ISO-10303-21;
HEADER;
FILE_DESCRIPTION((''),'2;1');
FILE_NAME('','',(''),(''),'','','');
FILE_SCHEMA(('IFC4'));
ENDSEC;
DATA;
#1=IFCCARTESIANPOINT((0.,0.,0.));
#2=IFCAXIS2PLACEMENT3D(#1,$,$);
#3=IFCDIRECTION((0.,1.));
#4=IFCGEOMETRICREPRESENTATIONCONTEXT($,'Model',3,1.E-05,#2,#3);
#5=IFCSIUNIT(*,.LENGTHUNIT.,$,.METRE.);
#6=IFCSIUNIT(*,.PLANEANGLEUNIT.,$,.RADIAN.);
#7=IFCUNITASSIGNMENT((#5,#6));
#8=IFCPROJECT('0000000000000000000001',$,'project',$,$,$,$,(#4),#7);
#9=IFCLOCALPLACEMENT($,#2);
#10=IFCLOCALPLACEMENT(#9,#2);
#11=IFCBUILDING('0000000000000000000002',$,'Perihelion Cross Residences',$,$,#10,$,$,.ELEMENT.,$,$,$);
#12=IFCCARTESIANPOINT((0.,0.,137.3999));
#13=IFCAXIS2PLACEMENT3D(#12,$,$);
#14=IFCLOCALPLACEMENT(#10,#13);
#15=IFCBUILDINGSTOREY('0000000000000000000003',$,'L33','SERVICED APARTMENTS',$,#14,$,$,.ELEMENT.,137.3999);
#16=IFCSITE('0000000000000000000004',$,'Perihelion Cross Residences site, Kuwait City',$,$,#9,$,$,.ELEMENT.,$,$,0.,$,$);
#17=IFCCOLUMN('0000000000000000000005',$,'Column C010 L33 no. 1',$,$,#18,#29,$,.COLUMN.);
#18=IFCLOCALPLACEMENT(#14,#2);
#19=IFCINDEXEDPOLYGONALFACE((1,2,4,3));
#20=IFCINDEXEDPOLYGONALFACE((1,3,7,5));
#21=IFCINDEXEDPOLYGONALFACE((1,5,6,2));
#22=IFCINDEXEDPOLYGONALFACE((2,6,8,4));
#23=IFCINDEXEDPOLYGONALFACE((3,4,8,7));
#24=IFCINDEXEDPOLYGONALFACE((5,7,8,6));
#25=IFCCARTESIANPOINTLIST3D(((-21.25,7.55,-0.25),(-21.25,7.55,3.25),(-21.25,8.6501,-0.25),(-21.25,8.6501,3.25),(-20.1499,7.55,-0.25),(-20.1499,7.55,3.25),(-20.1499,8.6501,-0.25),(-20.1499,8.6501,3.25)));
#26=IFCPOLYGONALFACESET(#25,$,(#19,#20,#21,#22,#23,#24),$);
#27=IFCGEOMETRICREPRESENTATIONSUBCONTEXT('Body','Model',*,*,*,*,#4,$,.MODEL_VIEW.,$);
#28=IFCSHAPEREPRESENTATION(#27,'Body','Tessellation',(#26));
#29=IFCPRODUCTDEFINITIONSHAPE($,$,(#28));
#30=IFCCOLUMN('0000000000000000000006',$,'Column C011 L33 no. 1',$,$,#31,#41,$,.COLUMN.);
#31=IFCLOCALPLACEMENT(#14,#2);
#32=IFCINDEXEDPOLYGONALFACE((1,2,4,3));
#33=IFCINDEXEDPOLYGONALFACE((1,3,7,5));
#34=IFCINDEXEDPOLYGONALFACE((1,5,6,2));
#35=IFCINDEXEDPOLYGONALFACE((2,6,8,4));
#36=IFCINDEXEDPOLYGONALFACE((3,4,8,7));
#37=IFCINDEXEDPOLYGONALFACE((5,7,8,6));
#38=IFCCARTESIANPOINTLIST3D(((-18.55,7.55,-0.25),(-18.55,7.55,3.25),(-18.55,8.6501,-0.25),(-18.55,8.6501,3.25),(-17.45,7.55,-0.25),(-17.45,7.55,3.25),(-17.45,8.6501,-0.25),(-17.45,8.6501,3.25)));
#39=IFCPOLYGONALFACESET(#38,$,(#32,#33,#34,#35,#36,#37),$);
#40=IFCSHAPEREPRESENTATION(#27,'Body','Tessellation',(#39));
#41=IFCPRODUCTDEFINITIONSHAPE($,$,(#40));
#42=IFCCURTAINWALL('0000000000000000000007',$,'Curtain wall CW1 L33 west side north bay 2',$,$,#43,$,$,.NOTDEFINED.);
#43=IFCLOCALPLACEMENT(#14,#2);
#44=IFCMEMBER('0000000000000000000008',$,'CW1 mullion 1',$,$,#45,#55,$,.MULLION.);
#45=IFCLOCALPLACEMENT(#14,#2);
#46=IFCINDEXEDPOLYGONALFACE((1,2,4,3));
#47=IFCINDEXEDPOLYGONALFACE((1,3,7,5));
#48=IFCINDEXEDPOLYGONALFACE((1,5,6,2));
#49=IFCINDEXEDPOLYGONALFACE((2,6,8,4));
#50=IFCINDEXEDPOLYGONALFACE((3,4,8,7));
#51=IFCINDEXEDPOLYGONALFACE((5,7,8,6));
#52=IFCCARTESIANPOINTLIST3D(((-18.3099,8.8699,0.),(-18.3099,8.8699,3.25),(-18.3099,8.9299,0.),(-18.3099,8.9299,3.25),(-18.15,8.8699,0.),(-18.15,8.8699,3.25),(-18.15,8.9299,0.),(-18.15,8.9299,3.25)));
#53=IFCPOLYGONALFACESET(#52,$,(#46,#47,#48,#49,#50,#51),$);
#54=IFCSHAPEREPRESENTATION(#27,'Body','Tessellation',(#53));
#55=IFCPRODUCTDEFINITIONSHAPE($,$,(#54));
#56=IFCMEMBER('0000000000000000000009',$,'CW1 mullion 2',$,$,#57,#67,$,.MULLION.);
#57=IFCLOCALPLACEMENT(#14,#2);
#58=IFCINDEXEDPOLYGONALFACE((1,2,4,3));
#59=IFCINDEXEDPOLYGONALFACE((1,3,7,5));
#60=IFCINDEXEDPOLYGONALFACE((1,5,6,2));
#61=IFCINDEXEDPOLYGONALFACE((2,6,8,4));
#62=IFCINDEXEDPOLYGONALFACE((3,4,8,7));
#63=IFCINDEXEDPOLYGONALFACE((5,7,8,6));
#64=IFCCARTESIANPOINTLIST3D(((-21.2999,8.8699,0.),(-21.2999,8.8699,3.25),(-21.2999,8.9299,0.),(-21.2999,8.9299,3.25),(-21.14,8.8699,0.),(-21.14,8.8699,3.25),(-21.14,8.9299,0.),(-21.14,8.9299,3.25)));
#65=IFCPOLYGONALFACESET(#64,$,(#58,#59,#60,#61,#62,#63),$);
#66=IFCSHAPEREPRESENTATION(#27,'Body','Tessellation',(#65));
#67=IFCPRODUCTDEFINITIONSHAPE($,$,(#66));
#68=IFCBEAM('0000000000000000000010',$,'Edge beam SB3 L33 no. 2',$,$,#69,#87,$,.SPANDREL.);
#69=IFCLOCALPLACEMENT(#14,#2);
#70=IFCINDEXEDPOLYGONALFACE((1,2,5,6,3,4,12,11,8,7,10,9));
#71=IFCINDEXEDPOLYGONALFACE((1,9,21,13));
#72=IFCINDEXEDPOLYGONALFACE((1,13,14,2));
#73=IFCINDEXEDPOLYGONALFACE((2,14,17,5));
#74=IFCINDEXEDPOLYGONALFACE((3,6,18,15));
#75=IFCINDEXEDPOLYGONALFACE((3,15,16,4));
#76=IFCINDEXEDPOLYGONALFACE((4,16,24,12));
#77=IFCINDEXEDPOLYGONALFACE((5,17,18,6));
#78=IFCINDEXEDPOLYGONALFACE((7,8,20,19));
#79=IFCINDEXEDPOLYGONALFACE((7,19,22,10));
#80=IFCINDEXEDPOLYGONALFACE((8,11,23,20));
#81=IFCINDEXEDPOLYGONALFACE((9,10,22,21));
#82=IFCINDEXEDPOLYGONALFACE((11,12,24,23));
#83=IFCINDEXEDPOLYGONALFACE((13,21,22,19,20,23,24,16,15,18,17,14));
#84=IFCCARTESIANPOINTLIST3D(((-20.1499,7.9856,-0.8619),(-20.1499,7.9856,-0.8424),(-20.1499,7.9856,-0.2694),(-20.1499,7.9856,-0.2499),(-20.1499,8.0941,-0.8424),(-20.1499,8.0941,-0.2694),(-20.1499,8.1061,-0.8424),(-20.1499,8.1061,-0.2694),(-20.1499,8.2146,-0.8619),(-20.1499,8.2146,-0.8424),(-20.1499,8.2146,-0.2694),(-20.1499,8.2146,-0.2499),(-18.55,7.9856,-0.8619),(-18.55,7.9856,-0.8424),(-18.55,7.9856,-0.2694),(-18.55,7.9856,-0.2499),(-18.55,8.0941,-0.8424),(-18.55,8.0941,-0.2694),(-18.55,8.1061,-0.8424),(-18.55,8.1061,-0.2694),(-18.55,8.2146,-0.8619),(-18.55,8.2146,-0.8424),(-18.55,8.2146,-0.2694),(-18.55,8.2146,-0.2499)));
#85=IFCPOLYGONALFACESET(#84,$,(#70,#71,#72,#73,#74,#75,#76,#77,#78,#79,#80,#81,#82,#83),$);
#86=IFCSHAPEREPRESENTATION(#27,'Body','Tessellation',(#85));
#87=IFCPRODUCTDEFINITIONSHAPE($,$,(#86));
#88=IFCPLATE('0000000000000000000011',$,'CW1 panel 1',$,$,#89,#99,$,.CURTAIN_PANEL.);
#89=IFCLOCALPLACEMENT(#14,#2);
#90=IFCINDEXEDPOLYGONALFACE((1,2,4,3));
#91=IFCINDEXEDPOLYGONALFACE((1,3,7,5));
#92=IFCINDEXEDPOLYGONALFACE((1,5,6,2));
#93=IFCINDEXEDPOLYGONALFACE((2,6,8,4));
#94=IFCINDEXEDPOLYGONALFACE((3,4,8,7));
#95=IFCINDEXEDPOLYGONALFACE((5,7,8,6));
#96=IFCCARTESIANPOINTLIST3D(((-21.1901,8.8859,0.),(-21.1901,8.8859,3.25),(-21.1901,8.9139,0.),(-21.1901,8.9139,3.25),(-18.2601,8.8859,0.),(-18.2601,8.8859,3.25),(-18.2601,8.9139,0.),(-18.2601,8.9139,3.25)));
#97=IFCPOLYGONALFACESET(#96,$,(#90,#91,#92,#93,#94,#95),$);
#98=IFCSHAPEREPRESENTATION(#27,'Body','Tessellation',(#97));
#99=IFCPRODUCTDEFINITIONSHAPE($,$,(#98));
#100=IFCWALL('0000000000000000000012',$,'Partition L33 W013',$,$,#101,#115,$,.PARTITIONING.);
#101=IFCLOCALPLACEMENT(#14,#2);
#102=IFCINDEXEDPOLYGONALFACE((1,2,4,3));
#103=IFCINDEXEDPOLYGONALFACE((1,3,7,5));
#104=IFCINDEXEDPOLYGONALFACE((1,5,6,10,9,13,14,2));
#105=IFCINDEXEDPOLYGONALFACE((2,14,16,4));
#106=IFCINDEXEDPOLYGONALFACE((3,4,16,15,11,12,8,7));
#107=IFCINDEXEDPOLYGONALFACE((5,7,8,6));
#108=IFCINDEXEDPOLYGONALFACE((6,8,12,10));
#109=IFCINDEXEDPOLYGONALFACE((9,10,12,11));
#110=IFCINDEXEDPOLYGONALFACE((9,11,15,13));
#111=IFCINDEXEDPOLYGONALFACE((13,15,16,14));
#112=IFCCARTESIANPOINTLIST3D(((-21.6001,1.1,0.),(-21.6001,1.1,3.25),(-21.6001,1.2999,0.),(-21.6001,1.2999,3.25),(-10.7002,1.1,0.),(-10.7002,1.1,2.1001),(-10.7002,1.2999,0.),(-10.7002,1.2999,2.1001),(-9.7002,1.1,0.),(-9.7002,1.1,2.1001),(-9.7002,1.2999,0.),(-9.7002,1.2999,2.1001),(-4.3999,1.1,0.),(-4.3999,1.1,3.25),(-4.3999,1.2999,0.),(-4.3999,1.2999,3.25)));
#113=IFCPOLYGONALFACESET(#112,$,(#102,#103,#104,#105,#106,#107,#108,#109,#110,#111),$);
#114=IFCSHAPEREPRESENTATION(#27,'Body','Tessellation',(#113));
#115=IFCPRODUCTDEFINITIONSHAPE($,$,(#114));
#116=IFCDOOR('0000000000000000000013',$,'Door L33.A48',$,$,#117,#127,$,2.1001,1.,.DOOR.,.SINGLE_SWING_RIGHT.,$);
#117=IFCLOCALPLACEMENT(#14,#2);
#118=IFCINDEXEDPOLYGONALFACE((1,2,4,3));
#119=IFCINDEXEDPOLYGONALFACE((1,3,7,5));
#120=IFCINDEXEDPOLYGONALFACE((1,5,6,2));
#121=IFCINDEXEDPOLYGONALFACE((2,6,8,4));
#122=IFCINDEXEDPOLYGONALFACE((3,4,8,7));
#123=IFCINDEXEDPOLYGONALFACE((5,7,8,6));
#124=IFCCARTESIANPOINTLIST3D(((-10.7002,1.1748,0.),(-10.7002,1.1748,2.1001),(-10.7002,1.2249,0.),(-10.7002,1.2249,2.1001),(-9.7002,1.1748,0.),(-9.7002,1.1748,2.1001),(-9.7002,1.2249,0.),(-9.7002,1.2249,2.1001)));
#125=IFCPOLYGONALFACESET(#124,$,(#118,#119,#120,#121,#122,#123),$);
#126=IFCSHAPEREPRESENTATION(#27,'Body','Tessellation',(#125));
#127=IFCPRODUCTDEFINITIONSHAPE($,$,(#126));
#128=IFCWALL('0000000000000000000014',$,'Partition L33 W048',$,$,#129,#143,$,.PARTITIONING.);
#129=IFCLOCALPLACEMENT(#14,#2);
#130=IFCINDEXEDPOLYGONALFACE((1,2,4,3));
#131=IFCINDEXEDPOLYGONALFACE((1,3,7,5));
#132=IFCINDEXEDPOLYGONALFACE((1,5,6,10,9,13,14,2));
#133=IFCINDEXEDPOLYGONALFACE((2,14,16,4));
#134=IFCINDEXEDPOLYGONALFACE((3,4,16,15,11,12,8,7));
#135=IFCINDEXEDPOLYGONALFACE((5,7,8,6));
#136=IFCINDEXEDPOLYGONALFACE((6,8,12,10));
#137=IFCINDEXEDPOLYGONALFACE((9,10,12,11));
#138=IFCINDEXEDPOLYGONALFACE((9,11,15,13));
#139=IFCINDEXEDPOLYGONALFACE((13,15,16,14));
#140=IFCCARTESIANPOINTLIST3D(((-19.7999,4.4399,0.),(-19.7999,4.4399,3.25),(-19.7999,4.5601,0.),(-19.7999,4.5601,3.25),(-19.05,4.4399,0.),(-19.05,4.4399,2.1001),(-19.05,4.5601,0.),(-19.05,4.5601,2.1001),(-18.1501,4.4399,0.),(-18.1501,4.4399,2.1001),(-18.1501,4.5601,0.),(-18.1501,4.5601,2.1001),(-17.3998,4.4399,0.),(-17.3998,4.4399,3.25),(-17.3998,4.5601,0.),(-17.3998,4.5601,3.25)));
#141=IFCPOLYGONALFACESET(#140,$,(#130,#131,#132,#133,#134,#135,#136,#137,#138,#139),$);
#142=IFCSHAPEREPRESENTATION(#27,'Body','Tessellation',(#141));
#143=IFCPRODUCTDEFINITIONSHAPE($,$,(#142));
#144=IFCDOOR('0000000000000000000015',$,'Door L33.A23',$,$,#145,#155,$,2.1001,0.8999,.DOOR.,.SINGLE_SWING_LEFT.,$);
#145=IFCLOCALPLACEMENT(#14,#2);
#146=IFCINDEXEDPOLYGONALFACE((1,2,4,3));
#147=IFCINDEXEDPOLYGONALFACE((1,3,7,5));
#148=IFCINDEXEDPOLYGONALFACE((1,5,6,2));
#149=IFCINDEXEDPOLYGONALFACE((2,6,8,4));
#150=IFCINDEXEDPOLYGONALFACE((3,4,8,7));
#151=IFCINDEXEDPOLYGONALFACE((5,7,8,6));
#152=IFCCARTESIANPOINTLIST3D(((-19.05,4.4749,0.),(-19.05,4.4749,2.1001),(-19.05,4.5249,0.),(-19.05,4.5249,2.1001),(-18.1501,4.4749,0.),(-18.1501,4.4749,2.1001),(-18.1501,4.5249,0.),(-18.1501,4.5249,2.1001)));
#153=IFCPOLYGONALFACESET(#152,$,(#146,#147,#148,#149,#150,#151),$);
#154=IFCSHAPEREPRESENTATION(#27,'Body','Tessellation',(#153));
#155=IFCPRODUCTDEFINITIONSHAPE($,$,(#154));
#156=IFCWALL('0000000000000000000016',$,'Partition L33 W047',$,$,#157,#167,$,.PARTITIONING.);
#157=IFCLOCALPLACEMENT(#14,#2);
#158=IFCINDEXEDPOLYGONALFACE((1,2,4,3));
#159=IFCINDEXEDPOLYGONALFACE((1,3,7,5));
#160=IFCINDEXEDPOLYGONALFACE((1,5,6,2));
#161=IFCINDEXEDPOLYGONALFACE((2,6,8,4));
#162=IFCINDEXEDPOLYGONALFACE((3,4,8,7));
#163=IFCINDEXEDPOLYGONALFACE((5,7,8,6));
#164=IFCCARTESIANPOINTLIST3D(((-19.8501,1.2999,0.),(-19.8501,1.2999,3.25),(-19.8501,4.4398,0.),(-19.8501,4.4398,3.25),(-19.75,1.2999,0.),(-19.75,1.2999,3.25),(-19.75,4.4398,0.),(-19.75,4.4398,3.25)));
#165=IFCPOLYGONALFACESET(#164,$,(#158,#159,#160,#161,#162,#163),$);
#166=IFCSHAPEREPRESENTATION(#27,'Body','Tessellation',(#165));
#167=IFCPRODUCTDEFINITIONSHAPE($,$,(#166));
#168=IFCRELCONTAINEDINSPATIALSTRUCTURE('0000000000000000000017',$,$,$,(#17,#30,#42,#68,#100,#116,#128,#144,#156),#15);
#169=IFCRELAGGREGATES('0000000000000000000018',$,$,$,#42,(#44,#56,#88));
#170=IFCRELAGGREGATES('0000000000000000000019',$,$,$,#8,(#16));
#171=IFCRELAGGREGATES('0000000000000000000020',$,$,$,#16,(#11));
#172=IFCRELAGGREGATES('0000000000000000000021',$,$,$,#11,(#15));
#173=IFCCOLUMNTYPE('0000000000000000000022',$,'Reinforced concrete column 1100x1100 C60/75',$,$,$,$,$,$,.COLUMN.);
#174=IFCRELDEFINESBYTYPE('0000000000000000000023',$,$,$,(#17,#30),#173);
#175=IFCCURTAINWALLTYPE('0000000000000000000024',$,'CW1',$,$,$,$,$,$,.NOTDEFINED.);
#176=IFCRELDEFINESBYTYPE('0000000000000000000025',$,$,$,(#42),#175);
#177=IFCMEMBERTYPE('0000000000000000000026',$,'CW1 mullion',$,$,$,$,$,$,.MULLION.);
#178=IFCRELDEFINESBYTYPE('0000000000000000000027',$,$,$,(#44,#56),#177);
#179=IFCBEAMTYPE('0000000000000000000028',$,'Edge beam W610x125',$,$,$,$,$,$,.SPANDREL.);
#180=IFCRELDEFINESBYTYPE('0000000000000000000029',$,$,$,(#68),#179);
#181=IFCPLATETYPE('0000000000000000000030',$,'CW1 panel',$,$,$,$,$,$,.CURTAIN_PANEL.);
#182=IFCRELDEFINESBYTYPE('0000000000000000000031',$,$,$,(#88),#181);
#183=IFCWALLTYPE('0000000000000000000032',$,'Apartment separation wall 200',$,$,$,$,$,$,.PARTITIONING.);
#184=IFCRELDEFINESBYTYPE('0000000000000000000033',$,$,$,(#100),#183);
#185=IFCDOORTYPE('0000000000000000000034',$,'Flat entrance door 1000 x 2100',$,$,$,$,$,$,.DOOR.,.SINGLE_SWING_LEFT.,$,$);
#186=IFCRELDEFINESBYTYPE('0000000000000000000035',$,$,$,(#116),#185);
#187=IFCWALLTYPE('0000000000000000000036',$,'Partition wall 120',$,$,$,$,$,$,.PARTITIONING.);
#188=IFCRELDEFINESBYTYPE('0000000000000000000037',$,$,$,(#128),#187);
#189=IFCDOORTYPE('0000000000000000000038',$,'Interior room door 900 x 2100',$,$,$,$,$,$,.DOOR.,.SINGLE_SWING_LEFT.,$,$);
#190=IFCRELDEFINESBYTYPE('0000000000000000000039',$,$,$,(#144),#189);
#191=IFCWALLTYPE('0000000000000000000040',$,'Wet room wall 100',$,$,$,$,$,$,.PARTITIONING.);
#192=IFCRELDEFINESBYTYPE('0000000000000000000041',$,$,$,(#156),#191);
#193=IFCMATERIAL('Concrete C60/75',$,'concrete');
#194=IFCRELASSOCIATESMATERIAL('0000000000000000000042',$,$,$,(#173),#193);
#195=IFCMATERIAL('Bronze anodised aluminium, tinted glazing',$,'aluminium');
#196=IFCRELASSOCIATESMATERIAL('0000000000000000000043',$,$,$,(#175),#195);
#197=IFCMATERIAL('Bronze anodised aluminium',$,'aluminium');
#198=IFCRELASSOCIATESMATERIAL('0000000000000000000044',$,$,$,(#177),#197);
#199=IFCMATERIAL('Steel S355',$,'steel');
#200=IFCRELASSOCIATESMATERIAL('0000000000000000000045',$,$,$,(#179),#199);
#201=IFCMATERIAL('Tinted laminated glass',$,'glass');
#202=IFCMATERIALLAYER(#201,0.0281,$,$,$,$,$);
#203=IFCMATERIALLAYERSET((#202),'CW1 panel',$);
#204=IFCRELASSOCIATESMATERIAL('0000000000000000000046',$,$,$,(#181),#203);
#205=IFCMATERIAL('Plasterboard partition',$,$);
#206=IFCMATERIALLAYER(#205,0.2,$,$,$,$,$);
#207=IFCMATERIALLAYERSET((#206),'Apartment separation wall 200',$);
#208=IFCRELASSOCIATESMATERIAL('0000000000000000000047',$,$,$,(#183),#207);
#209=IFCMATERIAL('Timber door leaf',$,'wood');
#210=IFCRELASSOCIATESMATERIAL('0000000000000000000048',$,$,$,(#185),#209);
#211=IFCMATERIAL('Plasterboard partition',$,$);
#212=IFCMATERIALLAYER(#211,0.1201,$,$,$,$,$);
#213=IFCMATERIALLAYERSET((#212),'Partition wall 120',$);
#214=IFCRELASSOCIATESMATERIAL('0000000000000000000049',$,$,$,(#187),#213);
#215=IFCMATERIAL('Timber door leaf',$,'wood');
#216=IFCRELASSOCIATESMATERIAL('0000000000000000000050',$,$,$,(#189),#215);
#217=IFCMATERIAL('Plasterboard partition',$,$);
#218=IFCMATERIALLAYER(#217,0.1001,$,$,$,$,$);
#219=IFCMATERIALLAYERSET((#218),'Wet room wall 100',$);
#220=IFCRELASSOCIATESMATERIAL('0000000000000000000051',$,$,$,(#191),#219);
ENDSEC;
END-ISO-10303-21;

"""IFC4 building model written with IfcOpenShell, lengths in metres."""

from ifc_helpers import new_model, si_unit, direction, frame, frame_2d, origin, origin_2d, place, context, subcontext, project, spatial, rectangle, i_section, extrude, material, layer, layer_set, material_profile, profile_set, type_object, element, fill, aggregate, save


model = new_model("IFC4")

# Units and contexts
model_context = context("Model", 3, precision=1e-05, world=origin(), true_north=direction((0.0, 1.0)))
body_context = subcontext(model_context, "Body", "Model", "MODEL_VIEW")
ifc_project = project(units=[si_unit("LENGTHUNIT", "METRE"), si_unit("PLANEANGLEUNIT", "RADIAN")], contexts=[model_context])

# Site, building, storey
site_placement = place(None, origin())
site = spatial("IfcSite", under=ifc_project, at=site_placement, Name="Perihelion Cross Residences site, Kuwait City", CompositionType="ELEMENT", RefElevation=0.0)
building_placement = place(site_placement, origin())
building = spatial("IfcBuilding", under=site, at=building_placement, Name="Perihelion Cross Residences", CompositionType="ELEMENT")
storey_placement = place(building_placement, frame((0.0, 0.0, 137.3999)))
storey = spatial("IfcBuildingStorey", under=building, at=storey_placement, Name="L33", Description="SERVICED APARTMENTS", CompositionType="ELEMENT", Elevation=137.3999)

# Columns
ifc_material_1 = material(Name="Concrete C60/75", Category="concrete")
ifc_material_profile_1 = material_profile(ifc_material_1, rectangle(XDim=1.1001, YDim=1.1001, at=origin_2d()), Name="RC 1100x1100")
ifc_profile_set_1 = profile_set([ifc_material_profile_1], Name="Concrete C60/75")
column_type = type_object("IfcColumnType", Name="Reinforced concrete column 1100x1100 C60/75", PredefinedType="COLUMN", material=ifc_profile_set_1)
for number, where, z_axis, x_axis, name in (
    (1, (-20.7, 8.1001, -0.25), (0.0, 0.0, 1.0), (1.0, 0.0, 0.0), "Column C010 L33 no. 1"),
    (2, (-18.0, 8.1001, -0.25), (0.0, 0.0, 1.0), (1.0, 0.0, 0.0), "Column C011 L33 no. 1"),
):
    element("IfcColumn", number, at=place(storey_placement, frame(where, z_axis=z_axis, x_axis=x_axis)), inside=storey, type_object=column_type, Name=name, PredefinedType="COLUMN", context=body_context, shape_type="SweptSolid", body=[
        extrude(rectangle(XDim=1.1001, YDim=1.1001, at=origin_2d()), origin(), (0.0, 0.0, 1.0), 3.5),
    ])

# Curtain wall, members
ifc_material_2 = material(Name="Bronze anodised aluminium, tinted glazing", Category="aluminium")
curtain_wall_type = type_object("IfcCurtainWallType", Name="CW1", PredefinedType="NOTDEFINED", material=ifc_material_2)
curtain_wall_placement = place(storey_placement, origin())
curtain_wall = element("IfcCurtainWall", 3, at=curtain_wall_placement, inside=storey, type_object=curtain_wall_type, Name="Curtain wall CW1 L33 west side north bay 2", PredefinedType="NOTDEFINED")
ifc_material_3 = material(Name="Bronze anodised aluminium", Category="aluminium")
ifc_material_profile_2 = material_profile(ifc_material_3, rectangle(XDim=0.0601, YDim=0.1599, at=origin_2d()), Name="CW1 mullion")
ifc_profile_set_2 = profile_set([ifc_material_profile_2], Name="Bronze anodised aluminium")
member_type = type_object("IfcMemberType", Name="CW1 mullion", PredefinedType="MULLION", material=ifc_profile_set_2)
member_1_placement = place(storey_placement, frame((-18.23, 8.8999, 0.0), z_axis=(0.0, 0.0, 1.0), x_axis=(0.0, -1.0, 0.0)))
member_1 = element("IfcMember", 4, at=member_1_placement, type_object=member_type, Name="CW1 mullion 1", PredefinedType="MULLION", context=body_context, shape_type="SweptSolid", body=[
    extrude(rectangle(XDim=0.0601, YDim=0.1599, at=origin_2d()), origin(), (0.0, 0.0, 1.0), 3.25),
])
member_2_placement = place(storey_placement, frame((-21.22, 8.8999, 0.0), z_axis=(0.0, 0.0, 1.0), x_axis=(0.0, -1.0, 0.0)))
member_2 = element("IfcMember", 5, at=member_2_placement, type_object=member_type, Name="CW1 mullion 2", PredefinedType="MULLION", context=body_context, shape_type="SweptSolid", body=[
    extrude(rectangle(XDim=0.0601, YDim=0.1599, at=origin_2d()), origin(), (0.0, 0.0, 1.0), 3.25),
])

# Beam
ifc_material_4 = material(Name="Steel S355", Category="steel")
ifc_material_profile_3 = material_profile(ifc_material_4, i_section(OverallWidth=0.229, OverallDepth=0.6121, WebThickness=0.012, FlangeThickness=0.0195, at=origin_2d()), Name="W610x125")
ifc_profile_set_3 = profile_set([ifc_material_profile_3], Name="Steel S355")
beam_type = type_object("IfcBeamType", Name="Edge beam W610x125", PredefinedType="SPANDREL", material=ifc_profile_set_3)
beam_placement = place(storey_placement, frame((-18.55, 8.1001, -0.5559), z_axis=(-1.0, 0.0, 0.0), x_axis=(0.0, -1.0, 0.0)))
element("IfcBeam", 6, at=beam_placement, inside=storey, type_object=beam_type, Name="Edge beam SB3 L33 no. 2", PredefinedType="SPANDREL", context=body_context, shape_type="SweptSolid", body=[
    extrude(i_section(OverallWidth=0.229, OverallDepth=0.6121, WebThickness=0.012, FlangeThickness=0.0195, at=origin_2d()), origin(), (0.0, 0.0, 1.0), 1.5999),
])

# Plate
ifc_material_5 = material(Name="Tinted laminated glass", Category="glass")
ifc_layer_1 = layer(ifc_material_5, 0.0281)
ifc_layer_set_1 = layer_set([ifc_layer_1], Name="CW1 panel")
plate_type = type_object("IfcPlateType", Name="CW1 panel", PredefinedType="CURTAIN_PANEL", material=ifc_layer_set_1)
plate_placement = place(storey_placement, frame((-19.7251, 8.8999, 0.0), z_axis=(0.0, 0.0, 1.0), x_axis=(-1.0, 0.0, 0.0)))
plate = element("IfcPlate", 7, at=plate_placement, type_object=plate_type, Name="CW1 panel 1", PredefinedType="CURTAIN_PANEL", context=body_context, shape_type="SweptSolid", body=[
    extrude(rectangle(XDim=2.9299, YDim=0.0281, at=origin_2d()), origin(), (0.0, 0.0, 1.0), 3.25),
])
aggregate(curtain_wall, [member_1, member_2, plate])

# Walls, openings, doors
ifc_material_6 = material(Name="Plasterboard partition")
ifc_layer_2 = layer(ifc_material_6, 0.2)
ifc_layer_set_2 = layer_set([ifc_layer_2], Name="Apartment separation wall 200")
wall_type_1 = type_object("IfcWallType", Name="Apartment separation wall 200", PredefinedType="PARTITIONING", material=ifc_layer_set_2)
wall_1_placement = place(storey_placement, frame((-21.6001, 1.2, 0.0), z_axis=(0.0, 0.0, 1.0), x_axis=(1.0, 0.0, 0.0)))
wall_1 = element("IfcWall", 8, at=wall_1_placement, inside=storey, type_object=wall_type_1, Name="Partition L33 W013", PredefinedType="PARTITIONING", context=body_context, shape_type="SweptSolid", body=[
    extrude(rectangle(XDim=17.2002, YDim=0.2, at=frame_2d((8.6001, 0.0))), origin(), (0.0, 0.0, 1.0), 3.25),
])
opening_1_placement = place(wall_1_placement, frame((10.8999, 0.0, 0.0)))
opening_1 = element("IfcOpeningElement", 9, at=opening_1_placement, cuts=wall_1, PredefinedType="OPENING", context=body_context, shape_type="SweptSolid", body=[
    extrude(rectangle(XDim=1.0, YDim=2.1001, at=frame_2d((0.5, 1.05))), frame((0.0, 0.1099, 0.0), z_axis=(0.0, -1.0, 0.0), x_axis=(1.0, 0.0, 0.0)), (0.0, 0.0, 1.0), 0.22),
])
ifc_material_7 = material(Name="Timber door leaf", Category="wood")
door_type_1 = type_object("IfcDoorType", Name="Flat entrance door 1000 x 2100", OperationType="SINGLE_SWING_LEFT", PredefinedType="DOOR", material=ifc_material_7)
door_1_placement = place(opening_1_placement, origin())
door_1 = element("IfcDoor", 10, at=door_1_placement, inside=storey, type_object=door_type_1, Name="Door L33.A48", OperationType="SINGLE_SWING_RIGHT", OverallHeight=2.1001, OverallWidth=1.0, PredefinedType="DOOR", context=body_context, shape_type="SweptSolid", body=[
    extrude(rectangle(XDim=1.0, YDim=2.1001, at=frame_2d((0.5, 1.05))), frame((0.0, 0.0249, 0.0), z_axis=(0.0, -1.0, 0.0), x_axis=(1.0, 0.0, 0.0)), (0.0, 0.0, 1.0), 0.05),
])
fill(opening_1, door_1)
ifc_material_8 = material(Name="Plasterboard partition")
ifc_layer_3 = layer(ifc_material_8, 0.1201)
ifc_layer_set_3 = layer_set([ifc_layer_3], Name="Partition wall 120")
wall_type_2 = type_object("IfcWallType", Name="Partition wall 120", PredefinedType="PARTITIONING", material=ifc_layer_set_3)
wall_2_placement = place(storey_placement, frame((-19.8, 4.5, 0.0), z_axis=(0.0, 0.0, 1.0), x_axis=(1.0, 0.0, 0.0)))
wall_2 = element("IfcWall", 11, at=wall_2_placement, inside=storey, type_object=wall_type_2, Name="Partition L33 W048", PredefinedType="PARTITIONING", context=body_context, shape_type="SweptSolid", body=[
    extrude(rectangle(XDim=2.4001, YDim=0.1201, at=frame_2d((1.2002, 0.0))), origin(), (0.0, 0.0, 1.0), 3.25),
])
opening_2_placement = place(wall_2_placement, frame((0.75, 0.0, 0.0)))
opening_2 = element("IfcOpeningElement", 12, at=opening_2_placement, cuts=wall_2, PredefinedType="OPENING", context=body_context, shape_type="SweptSolid", body=[
    extrude(rectangle(XDim=0.8999, YDim=2.1001, at=frame_2d((0.45, 1.05))), frame((0.0, 0.0701, 0.0), z_axis=(0.0, -1.0, 0.0), x_axis=(1.0, 0.0, 0.0)), (0.0, 0.0, 1.0), 0.1401),
])
ifc_material_9 = material(Name="Timber door leaf", Category="wood")
door_type_2 = type_object("IfcDoorType", Name="Interior room door 900 x 2100", OperationType="SINGLE_SWING_LEFT", PredefinedType="DOOR", material=ifc_material_9)
door_2_placement = place(opening_2_placement, origin())
door_2 = element("IfcDoor", 13, at=door_2_placement, inside=storey, type_object=door_type_2, Name="Door L33.A23", OperationType="SINGLE_SWING_LEFT", OverallHeight=2.1001, OverallWidth=0.8999, PredefinedType="DOOR", context=body_context, shape_type="SweptSolid", body=[
    extrude(rectangle(XDim=0.8999, YDim=2.1001, at=frame_2d((0.45, 1.05))), frame((0.0, 0.0249, 0.0), z_axis=(0.0, -1.0, 0.0), x_axis=(1.0, 0.0, 0.0)), (0.0, 0.0, 1.0), 0.05),
])
fill(opening_2, door_2)

# Wall
ifc_material_10 = material(Name="Plasterboard partition")
ifc_layer_4 = layer(ifc_material_10, 0.1001)
ifc_layer_set_4 = layer_set([ifc_layer_4], Name="Wet room wall 100")
wall_type_3 = type_object("IfcWallType", Name="Wet room wall 100", PredefinedType="PARTITIONING", material=ifc_layer_set_4)
wall_3_placement = place(storey_placement, frame((-19.8, 1.3, 0.0), z_axis=(0.0, 0.0, 1.0), x_axis=(0.0, 1.0, 0.0)))
element("IfcWall", 14, at=wall_3_placement, inside=storey, type_object=wall_type_3, Name="Partition L33 W047", PredefinedType="PARTITIONING", context=body_context, shape_type="SweptSolid", body=[
    extrude(rectangle(XDim=3.1399, YDim=0.1001, at=frame_2d((1.5698, 0.0))), origin(), (0.0, 0.0, 1.0), 3.25),
])

save(model, "model.ifc")
